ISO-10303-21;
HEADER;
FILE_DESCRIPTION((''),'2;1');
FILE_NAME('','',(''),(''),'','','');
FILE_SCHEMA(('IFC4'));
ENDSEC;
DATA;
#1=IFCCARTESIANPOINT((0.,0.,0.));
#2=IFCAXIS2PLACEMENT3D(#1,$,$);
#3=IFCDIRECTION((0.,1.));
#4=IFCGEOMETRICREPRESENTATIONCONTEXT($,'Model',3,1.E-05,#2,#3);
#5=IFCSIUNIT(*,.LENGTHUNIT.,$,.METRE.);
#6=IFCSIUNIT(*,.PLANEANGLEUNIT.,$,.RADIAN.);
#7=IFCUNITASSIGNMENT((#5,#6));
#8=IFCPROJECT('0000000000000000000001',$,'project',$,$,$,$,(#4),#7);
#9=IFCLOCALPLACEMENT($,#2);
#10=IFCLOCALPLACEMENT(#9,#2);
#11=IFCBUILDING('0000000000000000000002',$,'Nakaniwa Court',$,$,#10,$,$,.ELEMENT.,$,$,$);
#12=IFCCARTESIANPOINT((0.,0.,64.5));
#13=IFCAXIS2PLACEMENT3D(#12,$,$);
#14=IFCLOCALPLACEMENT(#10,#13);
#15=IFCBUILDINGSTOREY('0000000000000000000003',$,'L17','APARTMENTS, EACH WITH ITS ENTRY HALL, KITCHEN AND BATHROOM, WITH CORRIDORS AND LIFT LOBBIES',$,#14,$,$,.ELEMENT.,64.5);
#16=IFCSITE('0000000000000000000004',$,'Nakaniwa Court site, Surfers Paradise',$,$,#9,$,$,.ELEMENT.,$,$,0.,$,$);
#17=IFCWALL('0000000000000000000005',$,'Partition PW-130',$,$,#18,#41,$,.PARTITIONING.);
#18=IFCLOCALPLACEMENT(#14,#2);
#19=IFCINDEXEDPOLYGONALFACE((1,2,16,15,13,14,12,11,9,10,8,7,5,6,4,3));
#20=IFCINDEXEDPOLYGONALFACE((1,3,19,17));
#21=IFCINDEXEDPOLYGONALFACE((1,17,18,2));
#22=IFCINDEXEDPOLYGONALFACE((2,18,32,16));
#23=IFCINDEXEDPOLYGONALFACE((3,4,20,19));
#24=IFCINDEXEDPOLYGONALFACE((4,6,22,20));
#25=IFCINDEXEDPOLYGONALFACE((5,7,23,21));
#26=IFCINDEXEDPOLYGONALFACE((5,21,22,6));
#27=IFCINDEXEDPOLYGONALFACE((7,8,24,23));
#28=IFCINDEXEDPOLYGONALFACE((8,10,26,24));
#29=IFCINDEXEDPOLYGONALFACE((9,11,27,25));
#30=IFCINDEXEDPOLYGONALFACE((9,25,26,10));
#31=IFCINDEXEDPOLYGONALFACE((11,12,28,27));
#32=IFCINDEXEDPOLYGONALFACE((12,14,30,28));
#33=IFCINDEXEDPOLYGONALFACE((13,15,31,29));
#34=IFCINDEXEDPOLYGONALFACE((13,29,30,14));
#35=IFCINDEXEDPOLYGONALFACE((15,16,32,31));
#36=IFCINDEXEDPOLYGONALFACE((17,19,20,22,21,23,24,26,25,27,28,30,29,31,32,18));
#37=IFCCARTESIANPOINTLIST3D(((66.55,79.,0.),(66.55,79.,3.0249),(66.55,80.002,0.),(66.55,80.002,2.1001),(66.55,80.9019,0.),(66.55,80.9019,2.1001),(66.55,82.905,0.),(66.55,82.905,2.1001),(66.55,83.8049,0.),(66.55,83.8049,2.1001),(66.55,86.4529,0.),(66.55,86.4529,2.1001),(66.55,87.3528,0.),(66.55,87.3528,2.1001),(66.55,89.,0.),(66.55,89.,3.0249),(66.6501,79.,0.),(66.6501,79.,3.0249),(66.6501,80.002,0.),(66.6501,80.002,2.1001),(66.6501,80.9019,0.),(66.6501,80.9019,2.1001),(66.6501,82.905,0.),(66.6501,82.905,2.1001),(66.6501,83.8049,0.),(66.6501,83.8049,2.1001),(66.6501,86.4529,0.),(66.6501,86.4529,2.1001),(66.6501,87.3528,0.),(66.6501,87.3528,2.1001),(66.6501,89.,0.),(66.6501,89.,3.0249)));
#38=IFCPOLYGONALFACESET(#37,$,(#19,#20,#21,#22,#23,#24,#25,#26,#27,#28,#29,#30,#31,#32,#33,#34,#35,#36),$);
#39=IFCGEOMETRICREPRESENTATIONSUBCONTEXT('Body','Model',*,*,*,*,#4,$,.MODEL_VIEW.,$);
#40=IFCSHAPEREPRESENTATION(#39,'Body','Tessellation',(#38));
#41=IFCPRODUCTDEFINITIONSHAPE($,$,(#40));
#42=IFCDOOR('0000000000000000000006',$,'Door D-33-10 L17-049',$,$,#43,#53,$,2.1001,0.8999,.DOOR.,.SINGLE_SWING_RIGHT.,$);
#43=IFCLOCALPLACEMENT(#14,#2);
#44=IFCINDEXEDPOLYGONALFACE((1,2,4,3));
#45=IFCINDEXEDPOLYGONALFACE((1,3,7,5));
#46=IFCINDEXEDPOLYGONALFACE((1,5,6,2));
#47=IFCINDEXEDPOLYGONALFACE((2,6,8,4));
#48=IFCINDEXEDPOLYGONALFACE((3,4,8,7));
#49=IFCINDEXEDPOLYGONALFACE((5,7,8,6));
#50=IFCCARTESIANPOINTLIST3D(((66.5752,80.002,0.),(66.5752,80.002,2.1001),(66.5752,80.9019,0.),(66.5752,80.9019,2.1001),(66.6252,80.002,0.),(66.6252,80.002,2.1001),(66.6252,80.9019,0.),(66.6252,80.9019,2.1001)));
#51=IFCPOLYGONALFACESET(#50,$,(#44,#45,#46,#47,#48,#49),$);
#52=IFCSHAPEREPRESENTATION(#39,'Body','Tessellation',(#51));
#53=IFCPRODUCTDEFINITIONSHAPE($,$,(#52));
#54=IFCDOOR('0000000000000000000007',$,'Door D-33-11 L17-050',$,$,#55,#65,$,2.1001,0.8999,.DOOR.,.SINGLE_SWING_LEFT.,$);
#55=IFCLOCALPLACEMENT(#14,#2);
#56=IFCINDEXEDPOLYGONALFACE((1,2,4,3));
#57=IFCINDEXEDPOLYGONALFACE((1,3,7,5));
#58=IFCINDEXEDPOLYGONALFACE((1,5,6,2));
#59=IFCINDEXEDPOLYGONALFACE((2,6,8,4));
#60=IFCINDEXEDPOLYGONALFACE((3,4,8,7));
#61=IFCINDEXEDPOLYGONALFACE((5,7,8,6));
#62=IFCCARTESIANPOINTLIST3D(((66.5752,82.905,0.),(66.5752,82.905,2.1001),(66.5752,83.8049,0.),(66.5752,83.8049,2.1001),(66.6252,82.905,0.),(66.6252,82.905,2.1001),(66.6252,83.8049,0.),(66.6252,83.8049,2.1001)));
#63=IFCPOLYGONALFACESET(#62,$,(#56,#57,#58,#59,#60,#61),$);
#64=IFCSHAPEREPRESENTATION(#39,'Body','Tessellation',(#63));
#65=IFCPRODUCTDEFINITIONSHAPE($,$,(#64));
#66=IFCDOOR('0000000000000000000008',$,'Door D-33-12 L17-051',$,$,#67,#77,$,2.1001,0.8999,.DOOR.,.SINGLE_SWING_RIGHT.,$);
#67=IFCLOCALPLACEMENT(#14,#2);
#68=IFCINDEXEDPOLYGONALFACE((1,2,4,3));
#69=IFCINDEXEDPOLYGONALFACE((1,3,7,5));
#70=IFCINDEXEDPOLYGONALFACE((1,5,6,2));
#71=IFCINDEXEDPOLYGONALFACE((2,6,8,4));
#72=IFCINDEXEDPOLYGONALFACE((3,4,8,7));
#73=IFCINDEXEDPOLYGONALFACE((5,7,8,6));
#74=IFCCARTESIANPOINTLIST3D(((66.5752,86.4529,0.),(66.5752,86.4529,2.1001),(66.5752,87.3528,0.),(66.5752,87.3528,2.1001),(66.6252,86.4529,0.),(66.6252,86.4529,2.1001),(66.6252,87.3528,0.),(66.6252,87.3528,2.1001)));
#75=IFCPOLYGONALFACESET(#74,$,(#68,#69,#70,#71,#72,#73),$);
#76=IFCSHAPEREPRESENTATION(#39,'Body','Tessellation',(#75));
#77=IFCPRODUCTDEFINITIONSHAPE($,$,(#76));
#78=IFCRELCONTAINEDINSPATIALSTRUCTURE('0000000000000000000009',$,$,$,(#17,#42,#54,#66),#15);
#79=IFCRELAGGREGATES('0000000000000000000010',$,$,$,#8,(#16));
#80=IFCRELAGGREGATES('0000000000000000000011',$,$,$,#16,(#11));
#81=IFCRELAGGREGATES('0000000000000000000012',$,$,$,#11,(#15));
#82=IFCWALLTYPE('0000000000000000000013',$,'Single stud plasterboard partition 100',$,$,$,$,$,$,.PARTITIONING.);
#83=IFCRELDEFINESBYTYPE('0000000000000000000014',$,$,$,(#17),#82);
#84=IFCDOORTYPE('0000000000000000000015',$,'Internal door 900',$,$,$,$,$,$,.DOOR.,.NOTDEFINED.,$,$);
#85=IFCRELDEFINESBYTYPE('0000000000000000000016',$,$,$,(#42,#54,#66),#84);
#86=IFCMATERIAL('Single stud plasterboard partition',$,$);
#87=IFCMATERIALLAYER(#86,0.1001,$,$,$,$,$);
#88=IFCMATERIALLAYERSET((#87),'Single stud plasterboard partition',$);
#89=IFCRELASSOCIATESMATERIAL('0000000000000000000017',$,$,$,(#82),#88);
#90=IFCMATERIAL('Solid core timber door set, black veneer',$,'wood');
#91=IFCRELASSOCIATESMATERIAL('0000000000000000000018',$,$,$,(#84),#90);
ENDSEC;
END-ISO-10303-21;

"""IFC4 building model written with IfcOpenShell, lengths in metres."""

from ifc_helpers import new_model, si_unit, direction, frame, frame_2d, origin, place, context, subcontext, project, spatial, rectangle, extrude, material, layer, layer_set, type_object, element, fill, save


model = new_model("IFC4")

# Units and contexts
model_context = context("Model", 3, precision=1e-05, world=origin(), true_north=direction((0.0, 1.0)))
body_context = subcontext(model_context, "Body", "Model", "MODEL_VIEW")
ifc_project = project(units=[si_unit("LENGTHUNIT", "METRE"), si_unit("PLANEANGLEUNIT", "RADIAN")], contexts=[model_context])

# Site, building, storey
site_placement = place(None, origin())
site = spatial("IfcSite", under=ifc_project, at=site_placement, Name="Nakaniwa Court site, Surfers Paradise", CompositionType="ELEMENT", RefElevation=0.0)
building_placement = place(site_placement, origin())
building = spatial("IfcBuilding", under=site, at=building_placement, Name="Nakaniwa Court", CompositionType="ELEMENT")
storey_placement = place(building_placement, frame((0.0, 0.0, 64.5)))
storey = spatial("IfcBuildingStorey", under=building, at=storey_placement, Name="L17", Description="APARTMENTS, EACH WITH ITS ENTRY HALL, KITCHEN AND BATHROOM, WITH CORRIDORS AND LIFT LOBBIES", CompositionType="ELEMENT", Elevation=64.5)

# Shared definitions
ifc_material_1 = material(Name="Single stud plasterboard partition")
ifc_layer_1 = layer(ifc_material_1, 0.1001)
ifc_layer_set_1 = layer_set([ifc_layer_1], Name="Single stud plasterboard partition")
wall_type_1 = type_object("IfcWallType", Name="Single stud plasterboard partition 100", PredefinedType="PARTITIONING", material=ifc_layer_set_1)

# Wall, openings, doors
wall_1_placement = place(storey_placement, frame((66.6001, 79.0, 0.0), z_axis=(0.0, 0.0, 1.0), x_axis=(0.0, 1.0, 0.0)))
wall_1 = element("IfcWall", 1, at=wall_1_placement, inside=storey, type_object=wall_type_1, Name="Partition PW-130", PredefinedType="PARTITIONING", context=body_context, shape_type="SweptSolid", body=[
    extrude(rectangle(XDim=10.0, YDim=0.1001, at=frame_2d((5.0, 0.0))), origin(), (0.0, 0.0, 1.0), 3.0249),
])
opening_1_placement = place(wall_1_placement, frame((1.002, 0.0, 0.0)))
opening_1 = element("IfcOpeningElement", 2, at=opening_1_placement, cuts=wall_1, PredefinedType="OPENING", context=body_context, shape_type="SweptSolid", body=[
    extrude(rectangle(XDim=0.8999, YDim=2.1001, at=frame_2d((0.45, 1.05))), frame((0.0, 0.0601, 0.0), z_axis=(0.0, -1.0, 0.0), x_axis=(1.0, 0.0, 0.0)), (0.0, 0.0, 1.0), 0.1201),
])
opening_2_placement = place(wall_1_placement, frame((3.905, 0.0, 0.0)))
opening_2 = element("IfcOpeningElement", 3, at=opening_2_placement, cuts=wall_1, PredefinedType="OPENING", context=body_context, shape_type="SweptSolid", body=[
    extrude(rectangle(XDim=0.8999, YDim=2.1001, at=frame_2d((0.45, 1.05))), frame((0.0, 0.0601, 0.0), z_axis=(0.0, -1.0, 0.0), x_axis=(1.0, 0.0, 0.0)), (0.0, 0.0, 1.0), 0.1201),
])
opening_3_placement = place(wall_1_placement, frame((7.4529, 0.0, 0.0)))
opening_3 = element("IfcOpeningElement", 4, at=opening_3_placement, cuts=wall_1, PredefinedType="OPENING", context=body_context, shape_type="SweptSolid", body=[
    extrude(rectangle(XDim=0.8999, YDim=2.1001, at=frame_2d((0.45, 1.05))), frame((0.0, 0.0601, 0.0), z_axis=(0.0, -1.0, 0.0), x_axis=(1.0, 0.0, 0.0)), (0.0, 0.0, 1.0), 0.1201),
])
ifc_material_2 = material(Name="Solid core timber door set, black veneer", Category="wood")
door_type = type_object("IfcDoorType", Name="Internal door 900", OperationType="NOTDEFINED", PredefinedType="DOOR", material=ifc_material_2)
door_1_placement = place(opening_1_placement, origin())
door_1 = element("IfcDoor", 5, at=door_1_placement, inside=storey, type_object=door_type, Name="Door D-33-10 L17-049", OperationType="SINGLE_SWING_RIGHT", OverallHeight=2.1001, OverallWidth=0.8999, PredefinedType="DOOR", context=body_context, shape_type="SweptSolid", body=[
    extrude(rectangle(XDim=0.8999, YDim=2.1001, at=frame_2d((0.45, 1.05))), frame((0.0, 0.0249, 0.0), z_axis=(0.0, -1.0, 0.0), x_axis=(1.0, 0.0, 0.0)), (0.0, 0.0, 1.0), 0.05),
])
fill(opening_1, door_1)
door_2_placement = place(opening_2_placement, origin())
door_2 = element("IfcDoor", 6, at=door_2_placement, inside=storey, type_object=door_type, Name="Door D-33-11 L17-050", OperationType="SINGLE_SWING_LEFT", OverallHeight=2.1001, OverallWidth=0.8999, PredefinedType="DOOR", context=body_context, shape_type="SweptSolid", body=[
    extrude(rectangle(XDim=0.8999, YDim=2.1001, at=frame_2d((0.45, 1.05))), frame((0.0, 0.0249, 0.0), z_axis=(0.0, -1.0, 0.0), x_axis=(1.0, 0.0, 0.0)), (0.0, 0.0, 1.0), 0.05),
])
fill(opening_2, door_2)
door_3_placement = place(opening_3_placement, origin())
door_3 = element("IfcDoor", 7, at=door_3_placement, inside=storey, type_object=door_type, Name="Door D-33-12 L17-051", OperationType="SINGLE_SWING_RIGHT", OverallHeight=2.1001, OverallWidth=0.8999, PredefinedType="DOOR", context=body_context, shape_type="SweptSolid", body=[
    extrude(rectangle(XDim=0.8999, YDim=2.1001, at=frame_2d((0.45, 1.05))), frame((0.0, 0.0249, 0.0), z_axis=(0.0, -1.0, 0.0), x_axis=(1.0, 0.0, 0.0)), (0.0, 0.0, 1.0), 0.05),
])
fill(opening_3, door_3)

save(model, "model.ifc")
